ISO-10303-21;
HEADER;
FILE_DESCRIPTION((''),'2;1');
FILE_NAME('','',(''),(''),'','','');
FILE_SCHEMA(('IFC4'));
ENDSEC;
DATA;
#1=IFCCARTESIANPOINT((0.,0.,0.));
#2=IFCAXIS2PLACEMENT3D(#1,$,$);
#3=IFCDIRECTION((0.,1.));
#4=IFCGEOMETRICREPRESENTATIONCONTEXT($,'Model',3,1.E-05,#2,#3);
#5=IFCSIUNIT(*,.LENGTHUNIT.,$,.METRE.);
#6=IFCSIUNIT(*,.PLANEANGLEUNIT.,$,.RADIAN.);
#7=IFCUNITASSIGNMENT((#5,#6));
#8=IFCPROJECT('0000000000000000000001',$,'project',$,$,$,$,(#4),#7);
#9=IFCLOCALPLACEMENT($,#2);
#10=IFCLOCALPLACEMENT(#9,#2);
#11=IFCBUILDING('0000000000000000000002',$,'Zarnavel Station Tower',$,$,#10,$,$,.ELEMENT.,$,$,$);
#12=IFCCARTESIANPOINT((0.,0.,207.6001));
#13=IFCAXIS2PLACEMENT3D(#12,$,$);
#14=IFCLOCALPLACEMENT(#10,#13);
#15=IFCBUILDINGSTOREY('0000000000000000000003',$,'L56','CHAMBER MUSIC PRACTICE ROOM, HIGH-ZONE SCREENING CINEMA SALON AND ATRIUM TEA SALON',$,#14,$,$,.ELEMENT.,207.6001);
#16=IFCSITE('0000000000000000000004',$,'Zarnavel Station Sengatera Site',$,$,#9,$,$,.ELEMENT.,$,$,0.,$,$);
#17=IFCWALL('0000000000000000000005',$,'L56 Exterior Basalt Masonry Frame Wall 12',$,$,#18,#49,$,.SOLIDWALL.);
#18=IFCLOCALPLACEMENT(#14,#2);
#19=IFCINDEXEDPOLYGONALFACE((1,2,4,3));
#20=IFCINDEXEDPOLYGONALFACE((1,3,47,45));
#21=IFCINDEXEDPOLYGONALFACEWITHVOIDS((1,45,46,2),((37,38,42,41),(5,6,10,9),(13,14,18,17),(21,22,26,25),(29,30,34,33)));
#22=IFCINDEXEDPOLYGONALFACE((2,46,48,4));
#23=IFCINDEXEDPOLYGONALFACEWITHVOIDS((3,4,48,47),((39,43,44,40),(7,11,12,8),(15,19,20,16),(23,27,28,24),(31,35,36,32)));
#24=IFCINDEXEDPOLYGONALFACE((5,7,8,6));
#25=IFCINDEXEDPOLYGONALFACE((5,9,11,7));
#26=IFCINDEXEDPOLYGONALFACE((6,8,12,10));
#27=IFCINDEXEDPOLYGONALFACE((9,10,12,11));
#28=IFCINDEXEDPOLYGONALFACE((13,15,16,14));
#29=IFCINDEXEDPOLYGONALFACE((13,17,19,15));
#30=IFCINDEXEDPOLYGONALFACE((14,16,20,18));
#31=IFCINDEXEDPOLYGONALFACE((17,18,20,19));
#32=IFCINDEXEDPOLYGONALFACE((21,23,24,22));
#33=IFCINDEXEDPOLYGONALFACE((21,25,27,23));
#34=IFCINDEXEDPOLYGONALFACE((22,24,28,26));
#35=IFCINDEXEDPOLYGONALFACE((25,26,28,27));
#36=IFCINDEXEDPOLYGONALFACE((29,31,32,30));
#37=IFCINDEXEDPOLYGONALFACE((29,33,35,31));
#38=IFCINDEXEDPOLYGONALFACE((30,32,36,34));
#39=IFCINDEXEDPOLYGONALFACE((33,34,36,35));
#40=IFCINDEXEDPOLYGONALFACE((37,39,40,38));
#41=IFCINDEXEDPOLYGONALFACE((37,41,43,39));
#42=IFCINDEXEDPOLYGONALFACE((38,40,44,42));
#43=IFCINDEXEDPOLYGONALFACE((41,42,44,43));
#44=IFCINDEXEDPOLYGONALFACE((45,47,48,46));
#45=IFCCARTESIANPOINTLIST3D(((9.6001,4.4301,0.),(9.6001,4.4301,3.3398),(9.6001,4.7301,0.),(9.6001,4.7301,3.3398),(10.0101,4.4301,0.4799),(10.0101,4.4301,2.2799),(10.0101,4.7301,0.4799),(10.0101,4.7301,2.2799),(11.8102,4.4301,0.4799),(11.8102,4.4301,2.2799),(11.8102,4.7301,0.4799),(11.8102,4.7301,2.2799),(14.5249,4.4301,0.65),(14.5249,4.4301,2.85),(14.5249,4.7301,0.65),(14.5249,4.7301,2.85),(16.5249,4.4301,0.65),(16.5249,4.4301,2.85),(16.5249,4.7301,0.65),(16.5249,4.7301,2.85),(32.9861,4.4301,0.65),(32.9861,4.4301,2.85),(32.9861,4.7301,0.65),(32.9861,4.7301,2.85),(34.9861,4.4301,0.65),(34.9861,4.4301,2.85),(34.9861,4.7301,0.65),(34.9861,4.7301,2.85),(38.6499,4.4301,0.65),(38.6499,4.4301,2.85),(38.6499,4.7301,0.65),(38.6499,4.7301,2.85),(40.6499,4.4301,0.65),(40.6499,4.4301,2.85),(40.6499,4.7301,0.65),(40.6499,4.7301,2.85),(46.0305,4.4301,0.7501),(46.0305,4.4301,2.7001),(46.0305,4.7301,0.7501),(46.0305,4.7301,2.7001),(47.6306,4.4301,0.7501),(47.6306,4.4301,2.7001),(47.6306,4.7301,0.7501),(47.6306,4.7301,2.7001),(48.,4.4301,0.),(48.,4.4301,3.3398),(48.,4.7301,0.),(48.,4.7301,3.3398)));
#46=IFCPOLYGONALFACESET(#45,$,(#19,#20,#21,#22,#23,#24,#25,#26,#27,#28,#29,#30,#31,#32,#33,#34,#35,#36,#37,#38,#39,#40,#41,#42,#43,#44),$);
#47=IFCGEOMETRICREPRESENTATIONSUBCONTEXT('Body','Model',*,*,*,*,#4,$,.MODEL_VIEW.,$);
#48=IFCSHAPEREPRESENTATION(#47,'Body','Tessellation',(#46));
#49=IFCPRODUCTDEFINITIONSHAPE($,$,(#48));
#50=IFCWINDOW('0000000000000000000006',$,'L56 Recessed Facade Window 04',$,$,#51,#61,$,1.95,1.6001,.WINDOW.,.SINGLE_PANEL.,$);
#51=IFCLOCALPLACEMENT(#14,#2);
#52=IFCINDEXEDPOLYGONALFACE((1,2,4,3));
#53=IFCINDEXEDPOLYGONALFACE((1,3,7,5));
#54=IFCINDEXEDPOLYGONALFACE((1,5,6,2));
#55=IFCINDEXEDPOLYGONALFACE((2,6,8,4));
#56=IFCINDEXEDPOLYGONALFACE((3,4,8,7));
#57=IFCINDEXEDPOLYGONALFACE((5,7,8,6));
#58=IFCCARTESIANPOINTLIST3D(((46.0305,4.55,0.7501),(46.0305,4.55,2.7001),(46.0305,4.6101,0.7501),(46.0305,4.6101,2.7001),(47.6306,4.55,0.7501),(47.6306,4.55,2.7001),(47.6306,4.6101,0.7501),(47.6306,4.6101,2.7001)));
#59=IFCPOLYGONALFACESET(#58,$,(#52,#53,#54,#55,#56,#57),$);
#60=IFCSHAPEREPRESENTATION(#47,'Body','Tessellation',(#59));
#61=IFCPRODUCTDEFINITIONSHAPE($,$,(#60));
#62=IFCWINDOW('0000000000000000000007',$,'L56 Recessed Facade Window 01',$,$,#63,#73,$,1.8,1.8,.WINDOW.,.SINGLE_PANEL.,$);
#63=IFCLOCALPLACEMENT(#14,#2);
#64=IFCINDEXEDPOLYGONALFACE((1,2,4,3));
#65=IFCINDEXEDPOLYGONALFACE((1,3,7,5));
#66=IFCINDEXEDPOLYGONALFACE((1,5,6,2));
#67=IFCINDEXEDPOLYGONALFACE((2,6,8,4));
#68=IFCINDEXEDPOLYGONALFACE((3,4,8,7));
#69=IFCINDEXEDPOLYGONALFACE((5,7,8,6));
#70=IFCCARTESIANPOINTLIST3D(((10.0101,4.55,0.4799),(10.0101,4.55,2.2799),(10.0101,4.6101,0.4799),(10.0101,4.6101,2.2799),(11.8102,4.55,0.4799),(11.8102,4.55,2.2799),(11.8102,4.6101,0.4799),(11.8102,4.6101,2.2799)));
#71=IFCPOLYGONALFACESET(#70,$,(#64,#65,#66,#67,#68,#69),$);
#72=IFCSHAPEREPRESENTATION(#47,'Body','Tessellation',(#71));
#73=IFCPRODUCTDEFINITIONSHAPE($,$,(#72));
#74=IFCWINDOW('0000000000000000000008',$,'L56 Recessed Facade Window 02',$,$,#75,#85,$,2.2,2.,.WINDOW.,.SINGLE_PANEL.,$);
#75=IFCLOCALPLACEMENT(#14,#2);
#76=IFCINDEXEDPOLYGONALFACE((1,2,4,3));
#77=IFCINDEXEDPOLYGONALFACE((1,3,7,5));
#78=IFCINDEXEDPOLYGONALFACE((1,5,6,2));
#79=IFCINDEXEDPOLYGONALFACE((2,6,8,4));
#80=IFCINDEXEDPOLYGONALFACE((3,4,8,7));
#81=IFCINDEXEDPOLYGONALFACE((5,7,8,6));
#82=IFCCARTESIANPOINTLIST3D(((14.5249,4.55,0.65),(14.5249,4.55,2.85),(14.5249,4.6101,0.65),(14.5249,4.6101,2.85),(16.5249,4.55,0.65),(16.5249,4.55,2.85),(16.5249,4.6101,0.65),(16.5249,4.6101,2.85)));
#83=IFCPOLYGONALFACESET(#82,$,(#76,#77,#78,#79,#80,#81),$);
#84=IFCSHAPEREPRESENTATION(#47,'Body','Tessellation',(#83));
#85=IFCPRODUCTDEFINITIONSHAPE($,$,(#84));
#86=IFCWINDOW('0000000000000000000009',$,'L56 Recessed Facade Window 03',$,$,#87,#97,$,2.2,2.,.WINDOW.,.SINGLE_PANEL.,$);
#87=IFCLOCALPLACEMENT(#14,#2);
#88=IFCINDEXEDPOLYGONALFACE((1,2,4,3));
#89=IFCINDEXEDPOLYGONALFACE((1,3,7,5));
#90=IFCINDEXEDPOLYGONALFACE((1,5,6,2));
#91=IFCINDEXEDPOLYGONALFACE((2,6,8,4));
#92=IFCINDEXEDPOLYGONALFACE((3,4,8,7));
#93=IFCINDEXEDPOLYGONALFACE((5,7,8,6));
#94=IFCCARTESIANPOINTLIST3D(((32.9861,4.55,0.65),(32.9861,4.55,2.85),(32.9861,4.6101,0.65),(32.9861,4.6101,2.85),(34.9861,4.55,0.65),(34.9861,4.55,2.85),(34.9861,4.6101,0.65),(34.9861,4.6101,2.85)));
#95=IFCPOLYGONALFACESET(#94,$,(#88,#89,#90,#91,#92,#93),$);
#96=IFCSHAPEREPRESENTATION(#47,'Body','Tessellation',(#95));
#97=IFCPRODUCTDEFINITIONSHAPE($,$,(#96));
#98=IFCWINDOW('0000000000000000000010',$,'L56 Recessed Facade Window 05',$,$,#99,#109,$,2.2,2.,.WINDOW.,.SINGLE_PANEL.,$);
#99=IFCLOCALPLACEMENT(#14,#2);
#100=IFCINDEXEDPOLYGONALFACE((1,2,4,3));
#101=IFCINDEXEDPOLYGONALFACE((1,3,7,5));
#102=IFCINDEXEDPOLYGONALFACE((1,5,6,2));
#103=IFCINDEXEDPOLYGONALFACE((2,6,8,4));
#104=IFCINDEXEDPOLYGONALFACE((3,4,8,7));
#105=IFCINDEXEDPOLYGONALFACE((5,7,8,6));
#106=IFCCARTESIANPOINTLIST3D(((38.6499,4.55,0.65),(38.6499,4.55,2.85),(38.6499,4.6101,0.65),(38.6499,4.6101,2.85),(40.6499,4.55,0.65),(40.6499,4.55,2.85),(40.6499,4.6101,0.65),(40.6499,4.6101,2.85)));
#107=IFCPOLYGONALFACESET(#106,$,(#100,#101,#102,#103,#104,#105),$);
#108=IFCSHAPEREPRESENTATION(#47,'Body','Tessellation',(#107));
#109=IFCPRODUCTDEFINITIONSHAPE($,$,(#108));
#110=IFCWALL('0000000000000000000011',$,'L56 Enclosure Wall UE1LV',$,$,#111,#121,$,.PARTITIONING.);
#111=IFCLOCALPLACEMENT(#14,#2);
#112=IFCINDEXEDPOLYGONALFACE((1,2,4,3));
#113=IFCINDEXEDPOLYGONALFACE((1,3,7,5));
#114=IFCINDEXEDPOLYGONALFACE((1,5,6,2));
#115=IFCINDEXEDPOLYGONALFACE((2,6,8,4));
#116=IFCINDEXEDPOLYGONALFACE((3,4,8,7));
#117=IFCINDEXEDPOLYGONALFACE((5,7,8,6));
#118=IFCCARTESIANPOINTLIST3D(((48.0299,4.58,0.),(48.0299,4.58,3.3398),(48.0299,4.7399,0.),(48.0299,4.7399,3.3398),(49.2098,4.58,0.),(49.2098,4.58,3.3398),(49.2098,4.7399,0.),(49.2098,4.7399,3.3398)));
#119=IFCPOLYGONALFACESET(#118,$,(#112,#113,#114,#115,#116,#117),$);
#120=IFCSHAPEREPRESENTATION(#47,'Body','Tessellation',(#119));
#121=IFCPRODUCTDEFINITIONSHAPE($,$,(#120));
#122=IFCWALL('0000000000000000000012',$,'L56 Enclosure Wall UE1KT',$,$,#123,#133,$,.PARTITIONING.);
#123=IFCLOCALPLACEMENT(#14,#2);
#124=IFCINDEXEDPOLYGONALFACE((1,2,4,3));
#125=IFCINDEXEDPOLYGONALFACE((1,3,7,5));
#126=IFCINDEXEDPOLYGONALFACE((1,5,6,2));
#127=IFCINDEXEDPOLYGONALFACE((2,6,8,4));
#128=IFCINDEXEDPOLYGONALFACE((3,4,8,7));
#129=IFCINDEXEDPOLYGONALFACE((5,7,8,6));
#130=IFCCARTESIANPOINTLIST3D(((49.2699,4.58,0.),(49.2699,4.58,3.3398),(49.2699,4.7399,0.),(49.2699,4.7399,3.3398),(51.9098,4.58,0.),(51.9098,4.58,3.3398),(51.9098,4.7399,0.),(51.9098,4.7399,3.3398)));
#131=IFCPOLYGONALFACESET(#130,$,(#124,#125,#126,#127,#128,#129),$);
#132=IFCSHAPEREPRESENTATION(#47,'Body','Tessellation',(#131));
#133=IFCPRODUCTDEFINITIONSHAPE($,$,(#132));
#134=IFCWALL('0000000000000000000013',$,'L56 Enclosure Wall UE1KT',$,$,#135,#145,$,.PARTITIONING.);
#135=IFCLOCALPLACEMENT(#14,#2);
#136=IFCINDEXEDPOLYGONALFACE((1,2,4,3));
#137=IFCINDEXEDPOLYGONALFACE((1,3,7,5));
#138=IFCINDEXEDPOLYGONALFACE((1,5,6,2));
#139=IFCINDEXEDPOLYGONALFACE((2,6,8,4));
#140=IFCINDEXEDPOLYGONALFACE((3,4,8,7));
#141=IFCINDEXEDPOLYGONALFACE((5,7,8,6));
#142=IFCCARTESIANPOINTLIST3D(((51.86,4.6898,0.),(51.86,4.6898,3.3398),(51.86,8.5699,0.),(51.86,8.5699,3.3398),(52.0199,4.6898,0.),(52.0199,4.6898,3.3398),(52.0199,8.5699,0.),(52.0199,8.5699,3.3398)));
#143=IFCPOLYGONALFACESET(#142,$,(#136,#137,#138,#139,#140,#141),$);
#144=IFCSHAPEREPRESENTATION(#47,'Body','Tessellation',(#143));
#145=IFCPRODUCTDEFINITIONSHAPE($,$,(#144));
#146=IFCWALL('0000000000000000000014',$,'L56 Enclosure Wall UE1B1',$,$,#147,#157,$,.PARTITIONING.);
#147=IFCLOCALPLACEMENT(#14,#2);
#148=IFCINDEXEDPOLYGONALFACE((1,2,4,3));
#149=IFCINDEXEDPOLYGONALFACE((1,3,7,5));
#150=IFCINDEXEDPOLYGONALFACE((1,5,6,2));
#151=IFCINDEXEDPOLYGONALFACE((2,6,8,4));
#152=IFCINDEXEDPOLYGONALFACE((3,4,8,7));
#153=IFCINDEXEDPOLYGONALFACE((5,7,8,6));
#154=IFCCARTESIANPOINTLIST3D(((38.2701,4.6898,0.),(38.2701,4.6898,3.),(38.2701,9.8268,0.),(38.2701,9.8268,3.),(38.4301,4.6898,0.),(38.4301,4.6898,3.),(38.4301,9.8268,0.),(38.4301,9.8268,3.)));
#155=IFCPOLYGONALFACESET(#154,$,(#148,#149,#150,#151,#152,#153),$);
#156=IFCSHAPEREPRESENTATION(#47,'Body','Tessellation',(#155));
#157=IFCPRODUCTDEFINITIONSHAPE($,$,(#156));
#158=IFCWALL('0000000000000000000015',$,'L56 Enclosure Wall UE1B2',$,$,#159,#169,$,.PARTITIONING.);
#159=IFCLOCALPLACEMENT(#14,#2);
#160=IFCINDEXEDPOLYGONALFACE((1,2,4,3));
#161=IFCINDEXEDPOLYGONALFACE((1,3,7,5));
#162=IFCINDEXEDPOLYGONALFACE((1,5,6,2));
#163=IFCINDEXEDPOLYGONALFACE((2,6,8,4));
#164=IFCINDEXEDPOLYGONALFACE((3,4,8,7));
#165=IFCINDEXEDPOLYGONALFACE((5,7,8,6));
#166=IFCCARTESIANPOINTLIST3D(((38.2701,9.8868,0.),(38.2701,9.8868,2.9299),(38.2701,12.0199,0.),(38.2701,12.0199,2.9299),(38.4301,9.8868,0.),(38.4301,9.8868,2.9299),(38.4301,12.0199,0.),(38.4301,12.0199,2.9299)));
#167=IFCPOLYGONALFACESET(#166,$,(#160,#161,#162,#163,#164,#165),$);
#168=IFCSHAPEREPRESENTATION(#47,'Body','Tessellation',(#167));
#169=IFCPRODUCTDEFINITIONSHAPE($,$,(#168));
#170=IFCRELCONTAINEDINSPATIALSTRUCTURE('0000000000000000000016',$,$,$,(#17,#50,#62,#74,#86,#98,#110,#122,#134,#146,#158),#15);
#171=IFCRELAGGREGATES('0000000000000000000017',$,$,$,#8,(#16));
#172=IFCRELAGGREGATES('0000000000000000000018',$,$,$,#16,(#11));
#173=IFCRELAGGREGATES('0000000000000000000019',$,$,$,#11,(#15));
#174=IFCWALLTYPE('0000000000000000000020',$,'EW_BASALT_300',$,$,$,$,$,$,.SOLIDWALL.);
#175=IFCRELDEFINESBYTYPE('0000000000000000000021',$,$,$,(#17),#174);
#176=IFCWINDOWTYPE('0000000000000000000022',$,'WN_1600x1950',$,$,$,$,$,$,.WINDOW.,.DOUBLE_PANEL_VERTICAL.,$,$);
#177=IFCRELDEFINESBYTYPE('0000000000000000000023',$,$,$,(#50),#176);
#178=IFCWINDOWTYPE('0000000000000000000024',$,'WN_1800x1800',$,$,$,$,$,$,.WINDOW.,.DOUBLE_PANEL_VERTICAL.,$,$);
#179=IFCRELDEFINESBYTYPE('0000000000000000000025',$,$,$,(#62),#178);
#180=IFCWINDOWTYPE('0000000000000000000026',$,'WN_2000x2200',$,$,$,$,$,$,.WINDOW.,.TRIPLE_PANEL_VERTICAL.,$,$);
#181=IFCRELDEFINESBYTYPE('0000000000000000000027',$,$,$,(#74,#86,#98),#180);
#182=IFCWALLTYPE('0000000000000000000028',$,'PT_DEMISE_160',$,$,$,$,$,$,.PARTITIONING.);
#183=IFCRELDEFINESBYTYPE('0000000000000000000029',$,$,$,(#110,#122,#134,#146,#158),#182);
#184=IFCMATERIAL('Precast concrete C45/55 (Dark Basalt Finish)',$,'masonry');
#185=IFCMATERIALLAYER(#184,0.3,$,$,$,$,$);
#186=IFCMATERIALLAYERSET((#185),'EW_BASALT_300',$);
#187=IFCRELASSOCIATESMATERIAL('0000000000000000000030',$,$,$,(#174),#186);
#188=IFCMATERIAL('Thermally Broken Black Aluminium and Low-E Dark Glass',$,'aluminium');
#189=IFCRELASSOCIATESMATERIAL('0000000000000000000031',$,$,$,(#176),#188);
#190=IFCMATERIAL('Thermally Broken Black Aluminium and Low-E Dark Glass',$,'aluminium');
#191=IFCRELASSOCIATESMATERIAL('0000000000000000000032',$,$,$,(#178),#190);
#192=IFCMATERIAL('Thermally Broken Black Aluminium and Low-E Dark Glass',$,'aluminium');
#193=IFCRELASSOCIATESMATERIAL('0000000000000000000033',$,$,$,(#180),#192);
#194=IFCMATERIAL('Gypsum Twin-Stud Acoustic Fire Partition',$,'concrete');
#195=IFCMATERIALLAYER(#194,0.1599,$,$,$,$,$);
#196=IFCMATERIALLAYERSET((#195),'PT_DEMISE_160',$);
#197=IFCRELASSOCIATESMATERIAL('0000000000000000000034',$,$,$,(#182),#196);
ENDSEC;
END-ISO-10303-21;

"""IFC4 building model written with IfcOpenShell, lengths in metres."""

from ifc_helpers import new_model, si_unit, direction, frame, frame_2d, origin, place, context, subcontext, project, spatial, rectangle, extrude, material, layer, layer_set, type_object, element, fill, save


model = new_model("IFC4")

# Units and contexts
model_context = context("Model", 3, precision=1e-05, world=origin(), true_north=direction((0.0, 1.0)))
body_context = subcontext(model_context, "Body", "Model", "MODEL_VIEW")
ifc_project = project(units=[si_unit("LENGTHUNIT", "METRE"), si_unit("PLANEANGLEUNIT", "RADIAN")], contexts=[model_context])

# Site, building, storey
site_placement = place(None, origin())
site = spatial("IfcSite", under=ifc_project, at=site_placement, Name="Zarnavel Station Sengatera Site", CompositionType="ELEMENT", RefElevation=0.0)
building_placement = place(site_placement, origin())
building = spatial("IfcBuilding", under=site, at=building_placement, Name="Zarnavel Station Tower", CompositionType="ELEMENT")
storey_placement = place(building_placement, frame((0.0, 0.0, 207.6001)))
storey = spatial("IfcBuildingStorey", under=building, at=storey_placement, Name="L56", Description="CHAMBER MUSIC PRACTICE ROOM, HIGH-ZONE SCREENING CINEMA SALON AND ATRIUM TEA SALON", CompositionType="ELEMENT", Elevation=207.6001)

# Shared definitions
ifc_material_1 = material(Name="Precast concrete C45/55 (Dark Basalt Finish)", Category="masonry")
ifc_layer_1 = layer(ifc_material_1, 0.3)
ifc_layer_set_1 = layer_set([ifc_layer_1], Name="EW_BASALT_300")
wall_type_1 = type_object("IfcWallType", Name="EW_BASALT_300", PredefinedType="SOLIDWALL", material=ifc_layer_set_1)

# Wall, openings, windows
wall_1_placement = place(storey_placement, frame((48.0, 4.5801, 0.0), z_axis=(0.0, 0.0, 1.0), x_axis=(-1.0, 0.0, 0.0)))
wall_1 = element("IfcWall", 1, at=wall_1_placement, inside=storey, type_object=wall_type_1, Name="L56 Exterior Basalt Masonry Frame Wall 12", PredefinedType="SOLIDWALL", context=body_context, shape_type="SweptSolid", body=[
    extrude(rectangle(XDim=38.3999, YDim=0.3, at=frame_2d((19.2, 0.0))), origin(), (0.0, 0.0, 1.0), 3.3398),
])
opening_1_placement = place(wall_1_placement, frame((36.1899, 0.0, 0.48)))
opening_1 = element("IfcOpeningElement", 2, at=opening_1_placement, cuts=wall_1, PredefinedType="OPENING", context=body_context, shape_type="SweptSolid", body=[
    extrude(rectangle(XDim=1.8, YDim=1.8, at=frame_2d((0.8999, 0.8999))), frame((0.0, 0.1599, 0.0), z_axis=(0.0, -1.0, 0.0), x_axis=(1.0, 0.0, 0.0)), (0.0, 0.0, 1.0), 0.3201),
])
opening_2_placement = place(wall_1_placement, frame((31.4751, 0.0, 0.6499)))
opening_2 = element("IfcOpeningElement", 3, at=opening_2_placement, cuts=wall_1, PredefinedType="OPENING", context=body_context, shape_type="SweptSolid", body=[
    extrude(rectangle(XDim=2.0, YDim=2.2, at=frame_2d((1.0, 1.1001))), frame((0.0, 0.1599, 0.0), z_axis=(0.0, -1.0, 0.0), x_axis=(1.0, 0.0, 0.0)), (0.0, 0.0, 1.0), 0.3201),
])
opening_3_placement = place(wall_1_placement, frame((13.0139, 0.0, 0.6499)))
opening_3 = element("IfcOpeningElement", 4, at=opening_3_placement, cuts=wall_1, PredefinedType="OPENING", context=body_context, shape_type="SweptSolid", body=[
    extrude(rectangle(XDim=2.0, YDim=2.2, at=frame_2d((1.0, 1.1001))), frame((0.0, 0.1599, 0.0), z_axis=(0.0, -1.0, 0.0), x_axis=(1.0, 0.0, 0.0)), (0.0, 0.0, 1.0), 0.3201),
])
opening_4_placement = place(wall_1_placement, frame((0.3694, 0.0, 0.75)))
opening_4 = element("IfcOpeningElement", 5, at=opening_4_placement, cuts=wall_1, PredefinedType="OPENING", context=body_context, shape_type="SweptSolid", body=[
    extrude(rectangle(XDim=1.6001, YDim=1.95, at=frame_2d((0.8, 0.9751))), frame((0.0, 0.1599, 0.0), z_axis=(0.0, -1.0, 0.0), x_axis=(1.0, 0.0, 0.0)), (0.0, 0.0, 1.0), 0.3201),
])
opening_5_placement = place(wall_1_placement, frame((7.3501, 0.0, 0.6499)))
opening_5 = element("IfcOpeningElement", 6, at=opening_5_placement, cuts=wall_1, PredefinedType="OPENING", context=body_context, shape_type="SweptSolid", body=[
    extrude(rectangle(XDim=2.0, YDim=2.2, at=frame_2d((1.0, 1.1001))), frame((0.0, 0.1599, 0.0), z_axis=(0.0, -1.0, 0.0), x_axis=(1.0, 0.0, 0.0)), (0.0, 0.0, 1.0), 0.3201),
])
ifc_material_2 = material(Name="Thermally Broken Black Aluminium and Low-E Dark Glass", Category="aluminium")
window_type_1 = type_object("IfcWindowType", Name="WN_1600x1950", PartitioningType="DOUBLE_PANEL_VERTICAL", PredefinedType="WINDOW", material=ifc_material_2)
window_1_placement = place(opening_4_placement, origin())
window_1 = element("IfcWindow", 7, at=window_1_placement, inside=storey, type_object=window_type_1, Name="L56 Recessed Facade Window 04", OverallHeight=1.95, OverallWidth=1.6001, PartitioningType="SINGLE_PANEL", PredefinedType="WINDOW", context=body_context, shape_type="SweptSolid", body=[
    extrude(rectangle(XDim=1.6001, YDim=1.95, at=frame_2d((0.8, 0.9751))), frame((0.0, 0.03, 0.0), z_axis=(0.0, -1.0, 0.0), x_axis=(1.0, 0.0, 0.0)), (0.0, 0.0, 1.0), 0.0601),
])
fill(opening_4, window_1)
ifc_material_3 = material(Name="Thermally Broken Black Aluminium and Low-E Dark Glass", Category="aluminium")
window_type_2 = type_object("IfcWindowType", Name="WN_1800x1800", PartitioningType="DOUBLE_PANEL_VERTICAL", PredefinedType="WINDOW", material=ifc_material_3)
window_2_placement = place(opening_1_placement, origin())
window_2 = element("IfcWindow", 8, at=window_2_placement, inside=storey, type_object=window_type_2, Name="L56 Recessed Facade Window 01", OverallHeight=1.8, OverallWidth=1.8, PartitioningType="SINGLE_PANEL", PredefinedType="WINDOW", context=body_context, shape_type="SweptSolid", body=[
    extrude(rectangle(XDim=1.8, YDim=1.8, at=frame_2d((0.8999, 0.8999))), frame((0.0, 0.03, 0.0), z_axis=(0.0, -1.0, 0.0), x_axis=(1.0, 0.0, 0.0)), (0.0, 0.0, 1.0), 0.0601),
])
fill(opening_1, window_2)
ifc_material_4 = material(Name="Thermally Broken Black Aluminium and Low-E Dark Glass", Category="aluminium")
window_type_3 = type_object("IfcWindowType", Name="WN_2000x2200", PartitioningType="TRIPLE_PANEL_VERTICAL", PredefinedType="WINDOW", material=ifc_material_4)
window_3_placement = place(opening_2_placement, origin())
window_3 = element("IfcWindow", 9, at=window_3_placement, inside=storey, type_object=window_type_3, Name="L56 Recessed Facade Window 02", OverallHeight=2.2, OverallWidth=2.0, PartitioningType="SINGLE_PANEL", PredefinedType="WINDOW", context=body_context, shape_type="SweptSolid", body=[
    extrude(rectangle(XDim=2.0, YDim=2.2, at=frame_2d((1.0, 1.1001))), frame((0.0, 0.03, 0.0), z_axis=(0.0, -1.0, 0.0), x_axis=(1.0, 0.0, 0.0)), (0.0, 0.0, 1.0), 0.0601),
])
fill(opening_2, window_3)
window_4_placement = place(opening_3_placement, origin())
window_4 = element("IfcWindow", 10, at=window_4_placement, inside=storey, type_object=window_type_3, Name="L56 Recessed Facade Window 03", OverallHeight=2.2, OverallWidth=2.0, PartitioningType="SINGLE_PANEL", PredefinedType="WINDOW", context=body_context, shape_type="SweptSolid", body=[
    extrude(rectangle(XDim=2.0, YDim=2.2, at=frame_2d((1.0, 1.1001))), frame((0.0, 0.03, 0.0), z_axis=(0.0, -1.0, 0.0), x_axis=(1.0, 0.0, 0.0)), (0.0, 0.0, 1.0), 0.0601),
])
fill(opening_3, window_4)
window_5_placement = place(opening_5_placement, origin())
window_5 = element("IfcWindow", 11, at=window_5_placement, inside=storey, type_object=window_type_3, Name="L56 Recessed Facade Window 05", OverallHeight=2.2, OverallWidth=2.0, PartitioningType="SINGLE_PANEL", PredefinedType="WINDOW", context=body_context, shape_type="SweptSolid", body=[
    extrude(rectangle(XDim=2.0, YDim=2.2, at=frame_2d((1.0, 1.1001))), frame((0.0, 0.03, 0.0), z_axis=(0.0, -1.0, 0.0), x_axis=(1.0, 0.0, 0.0)), (0.0, 0.0, 1.0), 0.0601),
])
fill(opening_5, window_5)

# Walls
ifc_material_5 = material(Name="Gypsum Twin-Stud Acoustic Fire Partition", Category="concrete")
ifc_layer_2 = layer(ifc_material_5, 0.1599)
ifc_layer_set_2 = layer_set([ifc_layer_2], Name="PT_DEMISE_160")
wall_type_2 = type_object("IfcWallType", Name="PT_DEMISE_160", PredefinedType="PARTITIONING", material=ifc_layer_set_2)
wall_2_placement = place(storey_placement, frame((48.03, 4.6599, 0.0), z_axis=(0.0, 0.0, 1.0), x_axis=(1.0, 0.0, 0.0)))
element("IfcWall", 12, at=wall_2_placement, inside=storey, type_object=wall_type_2, Name="L56 Enclosure Wall UE1LV", PredefinedType="PARTITIONING", context=body_context, shape_type="SweptSolid", body=[
    extrude(rectangle(XDim=1.1799, YDim=0.1599, at=frame_2d((0.5898, 0.0))), origin(), (0.0, 0.0, 1.0), 3.3398),
])
wall_3_placement = place(storey_placement, frame((49.27, 4.6599, 0.0), z_axis=(0.0, 0.0, 1.0), x_axis=(1.0, 0.0, 0.0)))
element("IfcWall", 13, at=wall_3_placement, inside=storey, type_object=wall_type_2, Name="L56 Enclosure Wall UE1KT", PredefinedType="PARTITIONING", context=body_context, shape_type="SweptSolid", body=[
    extrude(rectangle(XDim=2.6399, YDim=0.1599, at=frame_2d((1.3198, 0.0))), origin(), (0.0, 0.0, 1.0), 3.3398),
])
wall_4_placement = place(storey_placement, frame((51.9399, 4.6899, 0.0), z_axis=(0.0, 0.0, 1.0), x_axis=(0.0, 1.0, 0.0)))
element("IfcWall", 14, at=wall_4_placement, inside=storey, type_object=wall_type_2, Name="L56 Enclosure Wall UE1KT", PredefinedType="PARTITIONING", context=body_context, shape_type="SweptSolid", body=[
    extrude(rectangle(XDim=3.8801, YDim=0.1599, at=frame_2d((1.9399, 0.0))), origin(), (0.0, 0.0, 1.0), 3.3398),
])
wall_5_placement = place(storey_placement, frame((38.3501, 4.6899, 0.0), z_axis=(0.0, 0.0, 1.0), x_axis=(0.0, 1.0, 0.0)))
element("IfcWall", 15, at=wall_5_placement, inside=storey, type_object=wall_type_2, Name="L56 Enclosure Wall UE1B1", PredefinedType="PARTITIONING", context=body_context, shape_type="SweptSolid", body=[
    extrude(rectangle(XDim=5.137, YDim=0.1599, at=frame_2d((2.5684, 0.0))), origin(), (0.0, 0.0, 1.0), 3.0),
])
wall_6_placement = place(storey_placement, frame((38.3501, 9.887, 0.0), z_axis=(0.0, 0.0, 1.0), x_axis=(0.0, 1.0, 0.0)))
element("IfcWall", 16, at=wall_6_placement, inside=storey, type_object=wall_type_2, Name="L56 Enclosure Wall UE1B2", PredefinedType="PARTITIONING", context=body_context, shape_type="SweptSolid", body=[
    extrude(rectangle(XDim=2.1331, YDim=0.1599, at=frame_2d((1.0664, 0.0))), origin(), (0.0, 0.0, 1.0), 2.9299),
])

save(model, "model.ifc")
